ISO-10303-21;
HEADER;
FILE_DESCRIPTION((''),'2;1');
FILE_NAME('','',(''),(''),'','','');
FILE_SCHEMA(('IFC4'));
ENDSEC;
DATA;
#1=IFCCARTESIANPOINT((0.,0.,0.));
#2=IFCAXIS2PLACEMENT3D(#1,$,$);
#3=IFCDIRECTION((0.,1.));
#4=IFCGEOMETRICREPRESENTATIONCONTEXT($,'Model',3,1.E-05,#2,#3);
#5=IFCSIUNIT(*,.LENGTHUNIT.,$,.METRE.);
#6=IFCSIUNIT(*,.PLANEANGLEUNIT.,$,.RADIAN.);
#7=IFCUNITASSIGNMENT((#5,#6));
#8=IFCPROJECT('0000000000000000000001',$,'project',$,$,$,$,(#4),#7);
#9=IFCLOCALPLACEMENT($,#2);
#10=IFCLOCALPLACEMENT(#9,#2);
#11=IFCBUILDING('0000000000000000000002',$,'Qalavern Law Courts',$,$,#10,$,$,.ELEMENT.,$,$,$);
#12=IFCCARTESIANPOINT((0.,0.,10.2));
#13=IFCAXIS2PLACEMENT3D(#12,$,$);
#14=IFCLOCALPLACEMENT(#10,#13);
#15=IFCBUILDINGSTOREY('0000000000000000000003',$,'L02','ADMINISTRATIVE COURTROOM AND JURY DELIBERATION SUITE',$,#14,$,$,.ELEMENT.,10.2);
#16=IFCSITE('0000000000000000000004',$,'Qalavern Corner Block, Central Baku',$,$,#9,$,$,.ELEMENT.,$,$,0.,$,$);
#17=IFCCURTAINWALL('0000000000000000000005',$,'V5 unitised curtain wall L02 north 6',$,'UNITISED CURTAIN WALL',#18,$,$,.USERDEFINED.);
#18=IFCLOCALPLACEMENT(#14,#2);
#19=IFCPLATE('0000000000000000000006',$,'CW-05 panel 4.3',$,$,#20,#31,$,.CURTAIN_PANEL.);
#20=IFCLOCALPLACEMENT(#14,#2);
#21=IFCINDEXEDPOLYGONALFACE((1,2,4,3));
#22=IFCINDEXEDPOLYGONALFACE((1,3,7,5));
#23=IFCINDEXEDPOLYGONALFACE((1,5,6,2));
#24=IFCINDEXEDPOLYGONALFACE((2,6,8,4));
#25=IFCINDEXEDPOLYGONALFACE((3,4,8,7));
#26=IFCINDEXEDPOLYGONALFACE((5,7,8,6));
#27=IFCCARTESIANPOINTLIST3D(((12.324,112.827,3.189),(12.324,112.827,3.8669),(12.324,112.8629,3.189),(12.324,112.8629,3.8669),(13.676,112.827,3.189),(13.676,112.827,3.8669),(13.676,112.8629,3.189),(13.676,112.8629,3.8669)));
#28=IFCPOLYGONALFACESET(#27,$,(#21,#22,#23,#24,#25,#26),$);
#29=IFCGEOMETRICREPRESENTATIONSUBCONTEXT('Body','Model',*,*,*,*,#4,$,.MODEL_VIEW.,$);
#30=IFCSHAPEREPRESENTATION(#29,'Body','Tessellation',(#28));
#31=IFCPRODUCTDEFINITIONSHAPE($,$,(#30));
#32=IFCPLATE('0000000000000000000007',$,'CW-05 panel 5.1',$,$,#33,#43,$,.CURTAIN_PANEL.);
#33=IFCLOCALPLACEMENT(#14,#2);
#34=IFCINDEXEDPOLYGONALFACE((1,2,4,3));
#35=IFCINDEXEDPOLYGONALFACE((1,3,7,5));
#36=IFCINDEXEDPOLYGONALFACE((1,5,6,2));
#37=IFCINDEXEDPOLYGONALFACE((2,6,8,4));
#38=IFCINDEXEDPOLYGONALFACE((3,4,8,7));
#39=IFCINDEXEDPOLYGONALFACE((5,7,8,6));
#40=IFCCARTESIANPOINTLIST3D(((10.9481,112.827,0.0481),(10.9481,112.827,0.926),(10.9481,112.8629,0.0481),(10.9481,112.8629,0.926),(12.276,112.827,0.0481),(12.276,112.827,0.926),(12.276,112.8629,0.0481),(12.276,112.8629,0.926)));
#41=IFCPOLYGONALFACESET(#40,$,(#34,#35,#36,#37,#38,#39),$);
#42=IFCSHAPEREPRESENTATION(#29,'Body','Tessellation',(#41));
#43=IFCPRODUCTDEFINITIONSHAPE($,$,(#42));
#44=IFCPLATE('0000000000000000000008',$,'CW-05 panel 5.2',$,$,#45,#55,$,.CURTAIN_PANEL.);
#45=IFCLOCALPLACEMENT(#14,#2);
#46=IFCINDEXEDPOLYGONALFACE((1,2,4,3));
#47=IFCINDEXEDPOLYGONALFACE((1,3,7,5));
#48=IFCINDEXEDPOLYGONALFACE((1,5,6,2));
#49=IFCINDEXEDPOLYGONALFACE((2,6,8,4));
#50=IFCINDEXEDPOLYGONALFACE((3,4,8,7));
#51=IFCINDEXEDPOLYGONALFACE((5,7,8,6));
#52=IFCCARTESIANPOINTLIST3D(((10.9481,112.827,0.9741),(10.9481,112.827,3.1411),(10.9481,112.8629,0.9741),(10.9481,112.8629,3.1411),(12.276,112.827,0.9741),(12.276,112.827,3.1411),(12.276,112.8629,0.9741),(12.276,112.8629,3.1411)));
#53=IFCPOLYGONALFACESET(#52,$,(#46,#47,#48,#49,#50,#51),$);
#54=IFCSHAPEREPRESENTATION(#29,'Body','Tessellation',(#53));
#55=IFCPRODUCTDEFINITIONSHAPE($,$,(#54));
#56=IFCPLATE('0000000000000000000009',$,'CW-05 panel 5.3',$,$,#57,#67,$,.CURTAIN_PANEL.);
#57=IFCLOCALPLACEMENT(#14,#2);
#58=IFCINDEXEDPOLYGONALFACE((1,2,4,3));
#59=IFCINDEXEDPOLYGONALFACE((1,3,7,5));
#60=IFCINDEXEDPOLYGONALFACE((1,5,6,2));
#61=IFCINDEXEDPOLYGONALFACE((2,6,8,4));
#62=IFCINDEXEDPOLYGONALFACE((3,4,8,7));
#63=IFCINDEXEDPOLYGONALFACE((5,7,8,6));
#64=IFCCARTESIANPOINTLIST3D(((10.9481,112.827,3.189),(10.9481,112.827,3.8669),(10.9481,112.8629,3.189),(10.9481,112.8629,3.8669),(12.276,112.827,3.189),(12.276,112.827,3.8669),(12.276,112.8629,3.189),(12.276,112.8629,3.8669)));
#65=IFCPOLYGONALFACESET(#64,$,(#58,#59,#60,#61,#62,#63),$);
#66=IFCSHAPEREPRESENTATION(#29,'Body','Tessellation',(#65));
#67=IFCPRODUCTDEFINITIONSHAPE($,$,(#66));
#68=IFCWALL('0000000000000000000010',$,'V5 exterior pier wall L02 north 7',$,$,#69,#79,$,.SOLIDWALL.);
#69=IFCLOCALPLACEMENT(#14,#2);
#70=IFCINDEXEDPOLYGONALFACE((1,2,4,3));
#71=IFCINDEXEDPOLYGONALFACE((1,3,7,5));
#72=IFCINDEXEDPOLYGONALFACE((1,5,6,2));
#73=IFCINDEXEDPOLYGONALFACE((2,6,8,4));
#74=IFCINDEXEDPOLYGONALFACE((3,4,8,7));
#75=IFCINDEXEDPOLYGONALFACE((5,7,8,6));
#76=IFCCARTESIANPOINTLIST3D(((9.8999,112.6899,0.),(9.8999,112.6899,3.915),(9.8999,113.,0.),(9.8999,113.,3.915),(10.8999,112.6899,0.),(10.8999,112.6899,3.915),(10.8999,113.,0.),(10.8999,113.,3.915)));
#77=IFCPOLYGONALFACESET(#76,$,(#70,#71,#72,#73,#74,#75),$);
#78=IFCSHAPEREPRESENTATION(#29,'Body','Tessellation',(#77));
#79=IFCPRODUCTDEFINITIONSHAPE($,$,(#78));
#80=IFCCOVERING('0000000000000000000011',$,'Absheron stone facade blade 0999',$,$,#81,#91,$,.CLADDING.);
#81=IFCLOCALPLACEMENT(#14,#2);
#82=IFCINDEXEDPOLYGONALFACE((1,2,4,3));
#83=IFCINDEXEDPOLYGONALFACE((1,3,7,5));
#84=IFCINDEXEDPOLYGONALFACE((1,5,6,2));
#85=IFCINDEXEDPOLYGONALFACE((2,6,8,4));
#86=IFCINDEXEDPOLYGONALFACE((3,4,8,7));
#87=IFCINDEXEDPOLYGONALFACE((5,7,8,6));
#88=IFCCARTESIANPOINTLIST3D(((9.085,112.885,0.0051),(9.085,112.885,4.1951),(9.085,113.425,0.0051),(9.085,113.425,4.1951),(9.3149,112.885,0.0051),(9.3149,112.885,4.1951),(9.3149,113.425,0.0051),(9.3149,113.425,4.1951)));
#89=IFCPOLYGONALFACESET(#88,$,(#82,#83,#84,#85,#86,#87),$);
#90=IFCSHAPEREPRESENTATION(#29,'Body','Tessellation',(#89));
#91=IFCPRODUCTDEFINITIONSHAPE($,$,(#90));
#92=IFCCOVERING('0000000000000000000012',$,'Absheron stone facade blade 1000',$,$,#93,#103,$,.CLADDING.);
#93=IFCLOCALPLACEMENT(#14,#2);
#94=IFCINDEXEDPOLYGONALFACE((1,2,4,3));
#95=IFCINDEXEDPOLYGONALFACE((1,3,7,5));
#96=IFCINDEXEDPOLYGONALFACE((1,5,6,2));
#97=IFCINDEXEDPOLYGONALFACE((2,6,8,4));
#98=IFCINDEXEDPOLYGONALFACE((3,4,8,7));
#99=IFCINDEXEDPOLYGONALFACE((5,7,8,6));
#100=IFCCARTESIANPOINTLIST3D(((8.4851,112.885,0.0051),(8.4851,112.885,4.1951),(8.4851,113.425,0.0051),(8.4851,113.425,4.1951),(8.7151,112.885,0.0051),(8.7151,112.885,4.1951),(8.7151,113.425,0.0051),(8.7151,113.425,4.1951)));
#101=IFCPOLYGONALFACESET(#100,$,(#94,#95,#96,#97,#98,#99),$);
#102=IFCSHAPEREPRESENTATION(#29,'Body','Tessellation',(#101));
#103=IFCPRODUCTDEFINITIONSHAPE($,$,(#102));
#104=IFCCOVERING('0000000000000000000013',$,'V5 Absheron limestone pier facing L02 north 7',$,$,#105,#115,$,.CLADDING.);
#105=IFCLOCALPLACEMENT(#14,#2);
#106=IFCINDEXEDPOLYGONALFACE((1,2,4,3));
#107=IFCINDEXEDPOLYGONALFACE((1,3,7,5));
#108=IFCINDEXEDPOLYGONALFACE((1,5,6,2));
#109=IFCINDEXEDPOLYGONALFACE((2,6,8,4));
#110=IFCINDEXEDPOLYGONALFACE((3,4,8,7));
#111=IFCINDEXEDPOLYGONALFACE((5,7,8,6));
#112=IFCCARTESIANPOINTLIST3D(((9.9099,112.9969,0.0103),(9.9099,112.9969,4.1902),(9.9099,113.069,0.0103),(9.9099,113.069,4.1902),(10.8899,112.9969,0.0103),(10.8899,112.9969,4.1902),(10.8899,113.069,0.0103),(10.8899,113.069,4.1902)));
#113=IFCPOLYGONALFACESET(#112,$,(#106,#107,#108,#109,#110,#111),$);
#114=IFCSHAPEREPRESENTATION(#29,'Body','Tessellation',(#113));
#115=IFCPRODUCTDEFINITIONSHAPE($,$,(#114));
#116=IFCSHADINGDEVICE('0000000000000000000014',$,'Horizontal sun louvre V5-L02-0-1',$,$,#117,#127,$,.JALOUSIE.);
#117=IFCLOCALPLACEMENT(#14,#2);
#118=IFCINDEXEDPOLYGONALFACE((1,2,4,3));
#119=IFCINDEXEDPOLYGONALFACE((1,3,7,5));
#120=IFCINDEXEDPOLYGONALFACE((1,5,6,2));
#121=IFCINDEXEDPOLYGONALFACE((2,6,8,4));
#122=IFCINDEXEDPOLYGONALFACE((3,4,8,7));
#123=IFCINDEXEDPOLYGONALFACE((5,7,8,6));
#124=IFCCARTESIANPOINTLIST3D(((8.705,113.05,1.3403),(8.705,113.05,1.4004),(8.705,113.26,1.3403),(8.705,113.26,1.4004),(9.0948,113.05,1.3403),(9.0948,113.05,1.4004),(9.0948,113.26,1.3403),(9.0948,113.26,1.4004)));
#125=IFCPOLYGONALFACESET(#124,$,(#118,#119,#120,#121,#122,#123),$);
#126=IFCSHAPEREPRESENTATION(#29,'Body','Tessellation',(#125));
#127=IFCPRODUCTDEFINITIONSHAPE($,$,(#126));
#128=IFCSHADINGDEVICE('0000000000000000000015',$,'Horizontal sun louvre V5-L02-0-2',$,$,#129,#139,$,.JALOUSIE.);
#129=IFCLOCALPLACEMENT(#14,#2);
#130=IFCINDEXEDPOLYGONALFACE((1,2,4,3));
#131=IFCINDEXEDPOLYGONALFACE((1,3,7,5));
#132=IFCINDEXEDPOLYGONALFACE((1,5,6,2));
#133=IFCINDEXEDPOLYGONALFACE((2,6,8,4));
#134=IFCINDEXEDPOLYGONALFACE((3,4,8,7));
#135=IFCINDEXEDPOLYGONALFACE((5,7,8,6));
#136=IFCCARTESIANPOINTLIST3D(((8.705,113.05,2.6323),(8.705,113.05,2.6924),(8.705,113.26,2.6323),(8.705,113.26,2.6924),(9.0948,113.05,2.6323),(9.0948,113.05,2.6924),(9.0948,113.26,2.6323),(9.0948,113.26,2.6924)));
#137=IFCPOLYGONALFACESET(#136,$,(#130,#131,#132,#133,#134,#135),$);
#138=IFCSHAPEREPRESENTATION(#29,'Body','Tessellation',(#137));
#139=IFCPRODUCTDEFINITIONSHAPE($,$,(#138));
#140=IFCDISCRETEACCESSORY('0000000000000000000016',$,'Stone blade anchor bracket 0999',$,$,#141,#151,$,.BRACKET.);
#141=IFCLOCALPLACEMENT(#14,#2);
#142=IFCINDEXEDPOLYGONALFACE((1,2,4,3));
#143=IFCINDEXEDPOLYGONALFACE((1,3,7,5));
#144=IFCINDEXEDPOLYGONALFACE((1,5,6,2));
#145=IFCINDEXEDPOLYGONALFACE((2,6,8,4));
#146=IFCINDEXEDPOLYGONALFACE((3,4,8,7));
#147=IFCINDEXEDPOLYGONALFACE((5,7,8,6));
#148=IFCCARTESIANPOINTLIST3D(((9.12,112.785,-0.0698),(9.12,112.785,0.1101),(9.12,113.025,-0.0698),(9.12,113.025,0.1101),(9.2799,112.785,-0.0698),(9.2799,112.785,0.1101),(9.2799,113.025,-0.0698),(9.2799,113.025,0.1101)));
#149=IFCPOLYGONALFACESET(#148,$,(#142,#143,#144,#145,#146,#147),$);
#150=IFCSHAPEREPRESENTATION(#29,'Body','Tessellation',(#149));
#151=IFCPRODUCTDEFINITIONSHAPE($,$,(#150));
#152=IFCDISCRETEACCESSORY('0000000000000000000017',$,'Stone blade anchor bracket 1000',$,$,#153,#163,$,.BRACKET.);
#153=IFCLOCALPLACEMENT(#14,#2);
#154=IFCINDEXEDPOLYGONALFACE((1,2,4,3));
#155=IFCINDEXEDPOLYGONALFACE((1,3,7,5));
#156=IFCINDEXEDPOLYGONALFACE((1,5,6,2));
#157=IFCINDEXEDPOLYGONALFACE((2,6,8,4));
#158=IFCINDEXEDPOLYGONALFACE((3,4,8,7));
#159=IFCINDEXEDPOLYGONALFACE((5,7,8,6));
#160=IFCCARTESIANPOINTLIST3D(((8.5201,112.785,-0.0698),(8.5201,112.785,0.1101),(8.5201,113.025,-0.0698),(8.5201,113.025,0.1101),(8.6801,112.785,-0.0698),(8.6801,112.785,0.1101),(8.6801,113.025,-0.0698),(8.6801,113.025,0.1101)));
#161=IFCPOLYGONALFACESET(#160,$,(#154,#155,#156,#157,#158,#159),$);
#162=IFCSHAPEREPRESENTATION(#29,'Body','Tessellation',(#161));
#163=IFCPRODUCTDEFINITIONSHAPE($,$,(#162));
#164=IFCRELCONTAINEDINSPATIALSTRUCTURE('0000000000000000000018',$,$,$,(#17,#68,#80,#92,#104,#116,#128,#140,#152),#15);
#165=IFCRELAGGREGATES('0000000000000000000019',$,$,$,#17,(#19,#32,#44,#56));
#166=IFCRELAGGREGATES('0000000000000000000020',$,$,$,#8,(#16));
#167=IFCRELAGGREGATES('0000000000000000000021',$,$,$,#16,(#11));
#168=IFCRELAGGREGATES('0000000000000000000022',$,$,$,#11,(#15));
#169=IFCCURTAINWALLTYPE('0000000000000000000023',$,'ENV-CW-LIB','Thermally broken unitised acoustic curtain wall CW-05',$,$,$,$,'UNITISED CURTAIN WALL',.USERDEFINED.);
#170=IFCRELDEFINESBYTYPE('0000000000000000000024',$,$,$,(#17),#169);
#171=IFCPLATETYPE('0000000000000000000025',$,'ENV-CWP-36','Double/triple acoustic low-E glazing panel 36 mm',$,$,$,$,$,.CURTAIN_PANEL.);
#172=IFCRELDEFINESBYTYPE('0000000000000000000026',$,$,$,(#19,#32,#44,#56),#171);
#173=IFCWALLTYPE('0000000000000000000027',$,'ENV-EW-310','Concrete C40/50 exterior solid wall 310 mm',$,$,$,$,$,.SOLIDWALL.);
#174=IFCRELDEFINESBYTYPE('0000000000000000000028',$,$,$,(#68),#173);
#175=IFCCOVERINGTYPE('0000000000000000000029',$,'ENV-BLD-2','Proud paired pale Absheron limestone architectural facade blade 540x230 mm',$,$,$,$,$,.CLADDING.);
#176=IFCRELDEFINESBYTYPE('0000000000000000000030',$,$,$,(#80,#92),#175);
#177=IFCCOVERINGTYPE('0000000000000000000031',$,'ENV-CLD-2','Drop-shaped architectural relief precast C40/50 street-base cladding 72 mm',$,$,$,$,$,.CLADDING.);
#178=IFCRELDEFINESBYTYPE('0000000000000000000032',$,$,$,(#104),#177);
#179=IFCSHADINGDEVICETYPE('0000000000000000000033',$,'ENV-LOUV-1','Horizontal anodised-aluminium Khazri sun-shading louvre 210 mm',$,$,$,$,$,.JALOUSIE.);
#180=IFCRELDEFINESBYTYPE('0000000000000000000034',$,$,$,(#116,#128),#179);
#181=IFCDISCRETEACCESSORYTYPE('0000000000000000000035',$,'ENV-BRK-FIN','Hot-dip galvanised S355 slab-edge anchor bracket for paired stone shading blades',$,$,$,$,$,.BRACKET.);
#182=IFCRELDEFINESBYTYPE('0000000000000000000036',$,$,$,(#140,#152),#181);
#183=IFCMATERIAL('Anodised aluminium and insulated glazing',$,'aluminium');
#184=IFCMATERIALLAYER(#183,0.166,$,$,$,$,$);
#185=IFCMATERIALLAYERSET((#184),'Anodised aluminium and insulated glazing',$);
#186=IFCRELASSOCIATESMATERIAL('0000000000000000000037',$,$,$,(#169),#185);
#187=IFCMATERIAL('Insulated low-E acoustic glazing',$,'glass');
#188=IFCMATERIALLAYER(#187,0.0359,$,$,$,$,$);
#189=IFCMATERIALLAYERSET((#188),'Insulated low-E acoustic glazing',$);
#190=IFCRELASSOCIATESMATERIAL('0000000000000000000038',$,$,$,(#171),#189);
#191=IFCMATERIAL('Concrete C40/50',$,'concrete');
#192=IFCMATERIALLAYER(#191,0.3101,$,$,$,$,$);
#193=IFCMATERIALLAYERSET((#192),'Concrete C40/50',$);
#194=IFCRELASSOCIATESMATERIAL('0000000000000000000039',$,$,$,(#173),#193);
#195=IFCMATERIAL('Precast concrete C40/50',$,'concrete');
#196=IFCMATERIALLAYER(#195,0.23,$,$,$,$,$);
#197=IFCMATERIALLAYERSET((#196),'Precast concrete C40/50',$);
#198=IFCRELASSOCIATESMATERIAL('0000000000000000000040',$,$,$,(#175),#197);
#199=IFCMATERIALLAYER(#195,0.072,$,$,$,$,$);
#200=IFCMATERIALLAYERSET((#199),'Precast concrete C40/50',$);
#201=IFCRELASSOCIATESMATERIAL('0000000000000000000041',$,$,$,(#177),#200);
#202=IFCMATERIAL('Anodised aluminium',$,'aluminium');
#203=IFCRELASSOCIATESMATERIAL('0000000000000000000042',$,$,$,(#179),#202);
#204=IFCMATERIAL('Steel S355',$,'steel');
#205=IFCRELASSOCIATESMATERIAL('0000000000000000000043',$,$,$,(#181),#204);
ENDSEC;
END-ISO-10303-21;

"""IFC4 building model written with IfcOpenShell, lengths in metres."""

from ifc_helpers import new_model, si_unit, direction, frame, frame_2d, origin, origin_2d, place, context, subcontext, project, spatial, rectangle, extrude, material, layer, layer_set, type_object, element, aggregate, save


model = new_model("IFC4")

# Units and contexts
model_context = context("Model", 3, precision=1e-05, world=origin(), true_north=direction((0.0, 1.0)))
body_context = subcontext(model_context, "Body", "Model", "MODEL_VIEW")
ifc_project = project(units=[si_unit("LENGTHUNIT", "METRE"), si_unit("PLANEANGLEUNIT", "RADIAN")], contexts=[model_context])

# Site, building, storey
site_placement = place(None, origin())
site = spatial("IfcSite", under=ifc_project, at=site_placement, Name="Qalavern Corner Block, Central Baku", CompositionType="ELEMENT", RefElevation=0.0)
building_placement = place(site_placement, origin())
building = spatial("IfcBuilding", under=site, at=building_placement, Name="Qalavern Law Courts", CompositionType="ELEMENT")
storey_placement = place(building_placement, frame((0.0, 0.0, 10.2)))
storey = spatial("IfcBuildingStorey", under=building, at=storey_placement, Name="L02", Description="ADMINISTRATIVE COURTROOM AND JURY DELIBERATION SUITE", CompositionType="ELEMENT", Elevation=10.2)

# Curtain wall
ifc_material_1 = material(Name="Anodised aluminium and insulated glazing", Category="aluminium")
ifc_layer_1 = layer(ifc_material_1, 0.166)
ifc_layer_set_1 = layer_set([ifc_layer_1], Name="Anodised aluminium and insulated glazing")
curtain_wall_type = type_object("IfcCurtainWallType", Name="ENV-CW-LIB", Description="Thermally broken unitised acoustic curtain wall CW-05", ElementType="UNITISED CURTAIN WALL", PredefinedType="USERDEFINED", material=ifc_layer_set_1)
curtain_wall_1_placement = place(storey_placement, origin())
curtain_wall_1 = element("IfcCurtainWall", 1, at=curtain_wall_1_placement, inside=storey, type_object=curtain_wall_type, Name="V5 unitised curtain wall L02 north 6", ObjectType="UNITISED CURTAIN WALL", PredefinedType="USERDEFINED")
ifc_material_2 = material(Name="Anodised aluminium", Category="aluminium")

# Plates
ifc_material_3 = material(Name="Insulated low-E acoustic glazing", Category="glass")
ifc_layer_2 = layer(ifc_material_3, 0.0359)
ifc_layer_set_2 = layer_set([ifc_layer_2], Name="Insulated low-E acoustic glazing")
plate_type = type_object("IfcPlateType", Name="ENV-CWP-36", Description="Double/triple acoustic low-E glazing panel 36 mm", PredefinedType="CURTAIN_PANEL", material=ifc_layer_set_2)
plate_1_placement = place(storey_placement, frame((13.0, 112.845, 3.189), z_axis=(0.0, 0.0, 1.0), x_axis=(-1.0, 0.0, 0.0)))
plate_1 = element("IfcPlate", 2, at=plate_1_placement, type_object=plate_type, Name="CW-05 panel 4.3", PredefinedType="CURTAIN_PANEL", context=body_context, shape_type="SweptSolid", body=[
    extrude(rectangle(XDim=1.3521, YDim=0.0359, at=origin_2d()), origin(), (0.0, 0.0, 1.0), 0.678),
])
plate_2_placement = place(storey_placement, frame((11.6121, 112.845, 0.0481), z_axis=(0.0, 0.0, 1.0), x_axis=(-1.0, 0.0, 0.0)))
plate_2 = element("IfcPlate", 3, at=plate_2_placement, type_object=plate_type, Name="CW-05 panel 5.1", PredefinedType="CURTAIN_PANEL", context=body_context, shape_type="SweptSolid", body=[
    extrude(rectangle(XDim=1.3279, YDim=0.0359, at=origin_2d()), origin(), (0.0, 0.0, 1.0), 0.8779),
])
plate_3_placement = place(storey_placement, frame((11.6121, 112.845, 0.9741), z_axis=(0.0, 0.0, 1.0), x_axis=(-1.0, 0.0, 0.0)))
plate_3 = element("IfcPlate", 4, at=plate_3_placement, type_object=plate_type, Name="CW-05 panel 5.2", PredefinedType="CURTAIN_PANEL", context=body_context, shape_type="SweptSolid", body=[
    extrude(rectangle(XDim=1.3279, YDim=0.0359, at=origin_2d()), origin(), (0.0, 0.0, 1.0), 2.167),
])
plate_4_placement = place(storey_placement, frame((11.6121, 112.845, 3.189), z_axis=(0.0, 0.0, 1.0), x_axis=(-1.0, 0.0, 0.0)))
plate_4 = element("IfcPlate", 5, at=plate_4_placement, type_object=plate_type, Name="CW-05 panel 5.3", PredefinedType="CURTAIN_PANEL", context=body_context, shape_type="SweptSolid", body=[
    extrude(rectangle(XDim=1.3279, YDim=0.0359, at=origin_2d()), origin(), (0.0, 0.0, 1.0), 0.678),
])
aggregate(curtain_wall_1, [plate_1, plate_2, plate_3, plate_4])

# Wall
ifc_material_4 = material(Name="Concrete C40/50", Category="concrete")
ifc_layer_3 = layer(ifc_material_4, 0.3101)
ifc_layer_set_3 = layer_set([ifc_layer_3], Name="Concrete C40/50")
wall_type = type_object("IfcWallType", Name="ENV-EW-310", Description="Concrete C40/50 exterior solid wall 310 mm", PredefinedType="SOLIDWALL", material=ifc_layer_set_3)
wall_placement = place(storey_placement, frame((10.8999, 112.845, 0.0), z_axis=(0.0, 0.0, 1.0), x_axis=(-1.0, 0.0, 0.0)))
element("IfcWall", 6, at=wall_placement, inside=storey, type_object=wall_type, Name="V5 exterior pier wall L02 north 7", PredefinedType="SOLIDWALL", context=body_context, shape_type="SweptSolid", body=[
    extrude(rectangle(XDim=1.0, YDim=0.3101, at=frame_2d((0.5, 0.0))), origin(), (0.0, 0.0, 1.0), 3.915),
])

# Coverings
ifc_material_5 = material(Name="Precast concrete C40/50", Category="concrete")
ifc_layer_4 = layer(ifc_material_5, 0.23)
ifc_layer_set_4 = layer_set([ifc_layer_4], Name="Precast concrete C40/50")
covering_type_1 = type_object("IfcCoveringType", Name="ENV-BLD-2", Description="Proud paired pale Absheron limestone architectural facade blade 540x230 mm", PredefinedType="CLADDING", material=ifc_layer_set_4)
for number, where, z_axis, x_axis, name in (
    (7, (9.2, 113.155, 0.0051), (0.0, 0.0, 1.0), (0.0, 1.0, 0.0), "Absheron stone facade blade 0999"),
    (8, (8.6001, 113.155, 0.0051), (0.0, 0.0, 1.0), (0.0, 1.0, 0.0), "Absheron stone facade blade 1000"),
):
    element("IfcCovering", number, at=place(storey_placement, frame(where, z_axis=z_axis, x_axis=x_axis)), inside=storey, type_object=covering_type_1, Name=name, PredefinedType="CLADDING", context=body_context, shape_type="SweptSolid", body=[
        extrude(rectangle(XDim=0.54, YDim=0.23, at=origin_2d()), origin(), (0.0, 0.0, 1.0), 4.1899),
    ])
ifc_layer_5 = layer(ifc_material_5, 0.072)
ifc_layer_set_5 = layer_set([ifc_layer_5], Name="Precast concrete C40/50")
covering_type_2 = type_object("IfcCoveringType", Name="ENV-CLD-2", Description="Drop-shaped architectural relief precast C40/50 street-base cladding 72 mm", PredefinedType="CLADDING", material=ifc_layer_set_5)
covering_placement = place(storey_placement, frame((10.3999, 113.033, 0.0103), z_axis=(0.0, 0.0, 1.0), x_axis=(-1.0, 0.0, 0.0)))
element("IfcCovering", 9, at=covering_placement, inside=storey, type_object=covering_type_2, Name="V5 Absheron limestone pier facing L02 north 7", PredefinedType="CLADDING", context=body_context, shape_type="SweptSolid", body=[
    extrude(rectangle(XDim=0.98, YDim=0.072, at=origin_2d()), origin(), (0.0, 0.0, 1.0), 4.1799),
])

# Shading devices
shading_device_type = type_object("IfcShadingDeviceType", Name="ENV-LOUV-1", Description="Horizontal anodised-aluminium Khazri sun-shading louvre 210 mm", PredefinedType="JALOUSIE", material=ifc_material_2)
for number, where, z_axis, x_axis, name in (
    (10, (8.8999, 113.155, 1.3403), (0.0, 0.0, 1.0), (-1.0, 0.0, 0.0), "Horizontal sun louvre V5-L02-0-1"),
    (11, (8.8999, 113.155, 2.6323), (0.0, 0.0, 1.0), (-1.0, 0.0, 0.0), "Horizontal sun louvre V5-L02-0-2"),
):
    element("IfcShadingDevice", number, at=place(storey_placement, frame(where, z_axis=z_axis, x_axis=x_axis)), inside=storey, type_object=shading_device_type, Name=name, PredefinedType="JALOUSIE", context=body_context, shape_type="SweptSolid", body=[
        extrude(rectangle(XDim=0.3899, YDim=0.21, at=origin_2d()), origin(), (0.0, 0.0, 1.0), 0.0601),
    ])

# Discrete accessories
ifc_material_6 = material(Name="Steel S355", Category="steel")
discrete_accessory_type = type_object("IfcDiscreteAccessoryType", Name="ENV-BRK-FIN", Description="Hot-dip galvanised S355 slab-edge anchor bracket for paired stone shading blades", PredefinedType="BRACKET", material=ifc_material_6)
for number, where, z_axis, x_axis, name in (
    (12, (9.2, 112.905, -0.0698), (0.0, 0.0, 1.0), (0.0, 1.0, 0.0), "Stone blade anchor bracket 0999"),
    (13, (8.6001, 112.905, -0.0698), (0.0, 0.0, 1.0), (0.0, 1.0, 0.0), "Stone blade anchor bracket 1000"),
):
    element("IfcDiscreteAccessory", number, at=place(storey_placement, frame(where, z_axis=z_axis, x_axis=x_axis)), inside=storey, type_object=discrete_accessory_type, Name=name, PredefinedType="BRACKET", context=body_context, shape_type="SweptSolid", body=[
        extrude(rectangle(XDim=0.24, YDim=0.1599, at=origin_2d()), origin(), (0.0, 0.0, 1.0), 0.1799),
    ])

save(model, "model.ifc")
